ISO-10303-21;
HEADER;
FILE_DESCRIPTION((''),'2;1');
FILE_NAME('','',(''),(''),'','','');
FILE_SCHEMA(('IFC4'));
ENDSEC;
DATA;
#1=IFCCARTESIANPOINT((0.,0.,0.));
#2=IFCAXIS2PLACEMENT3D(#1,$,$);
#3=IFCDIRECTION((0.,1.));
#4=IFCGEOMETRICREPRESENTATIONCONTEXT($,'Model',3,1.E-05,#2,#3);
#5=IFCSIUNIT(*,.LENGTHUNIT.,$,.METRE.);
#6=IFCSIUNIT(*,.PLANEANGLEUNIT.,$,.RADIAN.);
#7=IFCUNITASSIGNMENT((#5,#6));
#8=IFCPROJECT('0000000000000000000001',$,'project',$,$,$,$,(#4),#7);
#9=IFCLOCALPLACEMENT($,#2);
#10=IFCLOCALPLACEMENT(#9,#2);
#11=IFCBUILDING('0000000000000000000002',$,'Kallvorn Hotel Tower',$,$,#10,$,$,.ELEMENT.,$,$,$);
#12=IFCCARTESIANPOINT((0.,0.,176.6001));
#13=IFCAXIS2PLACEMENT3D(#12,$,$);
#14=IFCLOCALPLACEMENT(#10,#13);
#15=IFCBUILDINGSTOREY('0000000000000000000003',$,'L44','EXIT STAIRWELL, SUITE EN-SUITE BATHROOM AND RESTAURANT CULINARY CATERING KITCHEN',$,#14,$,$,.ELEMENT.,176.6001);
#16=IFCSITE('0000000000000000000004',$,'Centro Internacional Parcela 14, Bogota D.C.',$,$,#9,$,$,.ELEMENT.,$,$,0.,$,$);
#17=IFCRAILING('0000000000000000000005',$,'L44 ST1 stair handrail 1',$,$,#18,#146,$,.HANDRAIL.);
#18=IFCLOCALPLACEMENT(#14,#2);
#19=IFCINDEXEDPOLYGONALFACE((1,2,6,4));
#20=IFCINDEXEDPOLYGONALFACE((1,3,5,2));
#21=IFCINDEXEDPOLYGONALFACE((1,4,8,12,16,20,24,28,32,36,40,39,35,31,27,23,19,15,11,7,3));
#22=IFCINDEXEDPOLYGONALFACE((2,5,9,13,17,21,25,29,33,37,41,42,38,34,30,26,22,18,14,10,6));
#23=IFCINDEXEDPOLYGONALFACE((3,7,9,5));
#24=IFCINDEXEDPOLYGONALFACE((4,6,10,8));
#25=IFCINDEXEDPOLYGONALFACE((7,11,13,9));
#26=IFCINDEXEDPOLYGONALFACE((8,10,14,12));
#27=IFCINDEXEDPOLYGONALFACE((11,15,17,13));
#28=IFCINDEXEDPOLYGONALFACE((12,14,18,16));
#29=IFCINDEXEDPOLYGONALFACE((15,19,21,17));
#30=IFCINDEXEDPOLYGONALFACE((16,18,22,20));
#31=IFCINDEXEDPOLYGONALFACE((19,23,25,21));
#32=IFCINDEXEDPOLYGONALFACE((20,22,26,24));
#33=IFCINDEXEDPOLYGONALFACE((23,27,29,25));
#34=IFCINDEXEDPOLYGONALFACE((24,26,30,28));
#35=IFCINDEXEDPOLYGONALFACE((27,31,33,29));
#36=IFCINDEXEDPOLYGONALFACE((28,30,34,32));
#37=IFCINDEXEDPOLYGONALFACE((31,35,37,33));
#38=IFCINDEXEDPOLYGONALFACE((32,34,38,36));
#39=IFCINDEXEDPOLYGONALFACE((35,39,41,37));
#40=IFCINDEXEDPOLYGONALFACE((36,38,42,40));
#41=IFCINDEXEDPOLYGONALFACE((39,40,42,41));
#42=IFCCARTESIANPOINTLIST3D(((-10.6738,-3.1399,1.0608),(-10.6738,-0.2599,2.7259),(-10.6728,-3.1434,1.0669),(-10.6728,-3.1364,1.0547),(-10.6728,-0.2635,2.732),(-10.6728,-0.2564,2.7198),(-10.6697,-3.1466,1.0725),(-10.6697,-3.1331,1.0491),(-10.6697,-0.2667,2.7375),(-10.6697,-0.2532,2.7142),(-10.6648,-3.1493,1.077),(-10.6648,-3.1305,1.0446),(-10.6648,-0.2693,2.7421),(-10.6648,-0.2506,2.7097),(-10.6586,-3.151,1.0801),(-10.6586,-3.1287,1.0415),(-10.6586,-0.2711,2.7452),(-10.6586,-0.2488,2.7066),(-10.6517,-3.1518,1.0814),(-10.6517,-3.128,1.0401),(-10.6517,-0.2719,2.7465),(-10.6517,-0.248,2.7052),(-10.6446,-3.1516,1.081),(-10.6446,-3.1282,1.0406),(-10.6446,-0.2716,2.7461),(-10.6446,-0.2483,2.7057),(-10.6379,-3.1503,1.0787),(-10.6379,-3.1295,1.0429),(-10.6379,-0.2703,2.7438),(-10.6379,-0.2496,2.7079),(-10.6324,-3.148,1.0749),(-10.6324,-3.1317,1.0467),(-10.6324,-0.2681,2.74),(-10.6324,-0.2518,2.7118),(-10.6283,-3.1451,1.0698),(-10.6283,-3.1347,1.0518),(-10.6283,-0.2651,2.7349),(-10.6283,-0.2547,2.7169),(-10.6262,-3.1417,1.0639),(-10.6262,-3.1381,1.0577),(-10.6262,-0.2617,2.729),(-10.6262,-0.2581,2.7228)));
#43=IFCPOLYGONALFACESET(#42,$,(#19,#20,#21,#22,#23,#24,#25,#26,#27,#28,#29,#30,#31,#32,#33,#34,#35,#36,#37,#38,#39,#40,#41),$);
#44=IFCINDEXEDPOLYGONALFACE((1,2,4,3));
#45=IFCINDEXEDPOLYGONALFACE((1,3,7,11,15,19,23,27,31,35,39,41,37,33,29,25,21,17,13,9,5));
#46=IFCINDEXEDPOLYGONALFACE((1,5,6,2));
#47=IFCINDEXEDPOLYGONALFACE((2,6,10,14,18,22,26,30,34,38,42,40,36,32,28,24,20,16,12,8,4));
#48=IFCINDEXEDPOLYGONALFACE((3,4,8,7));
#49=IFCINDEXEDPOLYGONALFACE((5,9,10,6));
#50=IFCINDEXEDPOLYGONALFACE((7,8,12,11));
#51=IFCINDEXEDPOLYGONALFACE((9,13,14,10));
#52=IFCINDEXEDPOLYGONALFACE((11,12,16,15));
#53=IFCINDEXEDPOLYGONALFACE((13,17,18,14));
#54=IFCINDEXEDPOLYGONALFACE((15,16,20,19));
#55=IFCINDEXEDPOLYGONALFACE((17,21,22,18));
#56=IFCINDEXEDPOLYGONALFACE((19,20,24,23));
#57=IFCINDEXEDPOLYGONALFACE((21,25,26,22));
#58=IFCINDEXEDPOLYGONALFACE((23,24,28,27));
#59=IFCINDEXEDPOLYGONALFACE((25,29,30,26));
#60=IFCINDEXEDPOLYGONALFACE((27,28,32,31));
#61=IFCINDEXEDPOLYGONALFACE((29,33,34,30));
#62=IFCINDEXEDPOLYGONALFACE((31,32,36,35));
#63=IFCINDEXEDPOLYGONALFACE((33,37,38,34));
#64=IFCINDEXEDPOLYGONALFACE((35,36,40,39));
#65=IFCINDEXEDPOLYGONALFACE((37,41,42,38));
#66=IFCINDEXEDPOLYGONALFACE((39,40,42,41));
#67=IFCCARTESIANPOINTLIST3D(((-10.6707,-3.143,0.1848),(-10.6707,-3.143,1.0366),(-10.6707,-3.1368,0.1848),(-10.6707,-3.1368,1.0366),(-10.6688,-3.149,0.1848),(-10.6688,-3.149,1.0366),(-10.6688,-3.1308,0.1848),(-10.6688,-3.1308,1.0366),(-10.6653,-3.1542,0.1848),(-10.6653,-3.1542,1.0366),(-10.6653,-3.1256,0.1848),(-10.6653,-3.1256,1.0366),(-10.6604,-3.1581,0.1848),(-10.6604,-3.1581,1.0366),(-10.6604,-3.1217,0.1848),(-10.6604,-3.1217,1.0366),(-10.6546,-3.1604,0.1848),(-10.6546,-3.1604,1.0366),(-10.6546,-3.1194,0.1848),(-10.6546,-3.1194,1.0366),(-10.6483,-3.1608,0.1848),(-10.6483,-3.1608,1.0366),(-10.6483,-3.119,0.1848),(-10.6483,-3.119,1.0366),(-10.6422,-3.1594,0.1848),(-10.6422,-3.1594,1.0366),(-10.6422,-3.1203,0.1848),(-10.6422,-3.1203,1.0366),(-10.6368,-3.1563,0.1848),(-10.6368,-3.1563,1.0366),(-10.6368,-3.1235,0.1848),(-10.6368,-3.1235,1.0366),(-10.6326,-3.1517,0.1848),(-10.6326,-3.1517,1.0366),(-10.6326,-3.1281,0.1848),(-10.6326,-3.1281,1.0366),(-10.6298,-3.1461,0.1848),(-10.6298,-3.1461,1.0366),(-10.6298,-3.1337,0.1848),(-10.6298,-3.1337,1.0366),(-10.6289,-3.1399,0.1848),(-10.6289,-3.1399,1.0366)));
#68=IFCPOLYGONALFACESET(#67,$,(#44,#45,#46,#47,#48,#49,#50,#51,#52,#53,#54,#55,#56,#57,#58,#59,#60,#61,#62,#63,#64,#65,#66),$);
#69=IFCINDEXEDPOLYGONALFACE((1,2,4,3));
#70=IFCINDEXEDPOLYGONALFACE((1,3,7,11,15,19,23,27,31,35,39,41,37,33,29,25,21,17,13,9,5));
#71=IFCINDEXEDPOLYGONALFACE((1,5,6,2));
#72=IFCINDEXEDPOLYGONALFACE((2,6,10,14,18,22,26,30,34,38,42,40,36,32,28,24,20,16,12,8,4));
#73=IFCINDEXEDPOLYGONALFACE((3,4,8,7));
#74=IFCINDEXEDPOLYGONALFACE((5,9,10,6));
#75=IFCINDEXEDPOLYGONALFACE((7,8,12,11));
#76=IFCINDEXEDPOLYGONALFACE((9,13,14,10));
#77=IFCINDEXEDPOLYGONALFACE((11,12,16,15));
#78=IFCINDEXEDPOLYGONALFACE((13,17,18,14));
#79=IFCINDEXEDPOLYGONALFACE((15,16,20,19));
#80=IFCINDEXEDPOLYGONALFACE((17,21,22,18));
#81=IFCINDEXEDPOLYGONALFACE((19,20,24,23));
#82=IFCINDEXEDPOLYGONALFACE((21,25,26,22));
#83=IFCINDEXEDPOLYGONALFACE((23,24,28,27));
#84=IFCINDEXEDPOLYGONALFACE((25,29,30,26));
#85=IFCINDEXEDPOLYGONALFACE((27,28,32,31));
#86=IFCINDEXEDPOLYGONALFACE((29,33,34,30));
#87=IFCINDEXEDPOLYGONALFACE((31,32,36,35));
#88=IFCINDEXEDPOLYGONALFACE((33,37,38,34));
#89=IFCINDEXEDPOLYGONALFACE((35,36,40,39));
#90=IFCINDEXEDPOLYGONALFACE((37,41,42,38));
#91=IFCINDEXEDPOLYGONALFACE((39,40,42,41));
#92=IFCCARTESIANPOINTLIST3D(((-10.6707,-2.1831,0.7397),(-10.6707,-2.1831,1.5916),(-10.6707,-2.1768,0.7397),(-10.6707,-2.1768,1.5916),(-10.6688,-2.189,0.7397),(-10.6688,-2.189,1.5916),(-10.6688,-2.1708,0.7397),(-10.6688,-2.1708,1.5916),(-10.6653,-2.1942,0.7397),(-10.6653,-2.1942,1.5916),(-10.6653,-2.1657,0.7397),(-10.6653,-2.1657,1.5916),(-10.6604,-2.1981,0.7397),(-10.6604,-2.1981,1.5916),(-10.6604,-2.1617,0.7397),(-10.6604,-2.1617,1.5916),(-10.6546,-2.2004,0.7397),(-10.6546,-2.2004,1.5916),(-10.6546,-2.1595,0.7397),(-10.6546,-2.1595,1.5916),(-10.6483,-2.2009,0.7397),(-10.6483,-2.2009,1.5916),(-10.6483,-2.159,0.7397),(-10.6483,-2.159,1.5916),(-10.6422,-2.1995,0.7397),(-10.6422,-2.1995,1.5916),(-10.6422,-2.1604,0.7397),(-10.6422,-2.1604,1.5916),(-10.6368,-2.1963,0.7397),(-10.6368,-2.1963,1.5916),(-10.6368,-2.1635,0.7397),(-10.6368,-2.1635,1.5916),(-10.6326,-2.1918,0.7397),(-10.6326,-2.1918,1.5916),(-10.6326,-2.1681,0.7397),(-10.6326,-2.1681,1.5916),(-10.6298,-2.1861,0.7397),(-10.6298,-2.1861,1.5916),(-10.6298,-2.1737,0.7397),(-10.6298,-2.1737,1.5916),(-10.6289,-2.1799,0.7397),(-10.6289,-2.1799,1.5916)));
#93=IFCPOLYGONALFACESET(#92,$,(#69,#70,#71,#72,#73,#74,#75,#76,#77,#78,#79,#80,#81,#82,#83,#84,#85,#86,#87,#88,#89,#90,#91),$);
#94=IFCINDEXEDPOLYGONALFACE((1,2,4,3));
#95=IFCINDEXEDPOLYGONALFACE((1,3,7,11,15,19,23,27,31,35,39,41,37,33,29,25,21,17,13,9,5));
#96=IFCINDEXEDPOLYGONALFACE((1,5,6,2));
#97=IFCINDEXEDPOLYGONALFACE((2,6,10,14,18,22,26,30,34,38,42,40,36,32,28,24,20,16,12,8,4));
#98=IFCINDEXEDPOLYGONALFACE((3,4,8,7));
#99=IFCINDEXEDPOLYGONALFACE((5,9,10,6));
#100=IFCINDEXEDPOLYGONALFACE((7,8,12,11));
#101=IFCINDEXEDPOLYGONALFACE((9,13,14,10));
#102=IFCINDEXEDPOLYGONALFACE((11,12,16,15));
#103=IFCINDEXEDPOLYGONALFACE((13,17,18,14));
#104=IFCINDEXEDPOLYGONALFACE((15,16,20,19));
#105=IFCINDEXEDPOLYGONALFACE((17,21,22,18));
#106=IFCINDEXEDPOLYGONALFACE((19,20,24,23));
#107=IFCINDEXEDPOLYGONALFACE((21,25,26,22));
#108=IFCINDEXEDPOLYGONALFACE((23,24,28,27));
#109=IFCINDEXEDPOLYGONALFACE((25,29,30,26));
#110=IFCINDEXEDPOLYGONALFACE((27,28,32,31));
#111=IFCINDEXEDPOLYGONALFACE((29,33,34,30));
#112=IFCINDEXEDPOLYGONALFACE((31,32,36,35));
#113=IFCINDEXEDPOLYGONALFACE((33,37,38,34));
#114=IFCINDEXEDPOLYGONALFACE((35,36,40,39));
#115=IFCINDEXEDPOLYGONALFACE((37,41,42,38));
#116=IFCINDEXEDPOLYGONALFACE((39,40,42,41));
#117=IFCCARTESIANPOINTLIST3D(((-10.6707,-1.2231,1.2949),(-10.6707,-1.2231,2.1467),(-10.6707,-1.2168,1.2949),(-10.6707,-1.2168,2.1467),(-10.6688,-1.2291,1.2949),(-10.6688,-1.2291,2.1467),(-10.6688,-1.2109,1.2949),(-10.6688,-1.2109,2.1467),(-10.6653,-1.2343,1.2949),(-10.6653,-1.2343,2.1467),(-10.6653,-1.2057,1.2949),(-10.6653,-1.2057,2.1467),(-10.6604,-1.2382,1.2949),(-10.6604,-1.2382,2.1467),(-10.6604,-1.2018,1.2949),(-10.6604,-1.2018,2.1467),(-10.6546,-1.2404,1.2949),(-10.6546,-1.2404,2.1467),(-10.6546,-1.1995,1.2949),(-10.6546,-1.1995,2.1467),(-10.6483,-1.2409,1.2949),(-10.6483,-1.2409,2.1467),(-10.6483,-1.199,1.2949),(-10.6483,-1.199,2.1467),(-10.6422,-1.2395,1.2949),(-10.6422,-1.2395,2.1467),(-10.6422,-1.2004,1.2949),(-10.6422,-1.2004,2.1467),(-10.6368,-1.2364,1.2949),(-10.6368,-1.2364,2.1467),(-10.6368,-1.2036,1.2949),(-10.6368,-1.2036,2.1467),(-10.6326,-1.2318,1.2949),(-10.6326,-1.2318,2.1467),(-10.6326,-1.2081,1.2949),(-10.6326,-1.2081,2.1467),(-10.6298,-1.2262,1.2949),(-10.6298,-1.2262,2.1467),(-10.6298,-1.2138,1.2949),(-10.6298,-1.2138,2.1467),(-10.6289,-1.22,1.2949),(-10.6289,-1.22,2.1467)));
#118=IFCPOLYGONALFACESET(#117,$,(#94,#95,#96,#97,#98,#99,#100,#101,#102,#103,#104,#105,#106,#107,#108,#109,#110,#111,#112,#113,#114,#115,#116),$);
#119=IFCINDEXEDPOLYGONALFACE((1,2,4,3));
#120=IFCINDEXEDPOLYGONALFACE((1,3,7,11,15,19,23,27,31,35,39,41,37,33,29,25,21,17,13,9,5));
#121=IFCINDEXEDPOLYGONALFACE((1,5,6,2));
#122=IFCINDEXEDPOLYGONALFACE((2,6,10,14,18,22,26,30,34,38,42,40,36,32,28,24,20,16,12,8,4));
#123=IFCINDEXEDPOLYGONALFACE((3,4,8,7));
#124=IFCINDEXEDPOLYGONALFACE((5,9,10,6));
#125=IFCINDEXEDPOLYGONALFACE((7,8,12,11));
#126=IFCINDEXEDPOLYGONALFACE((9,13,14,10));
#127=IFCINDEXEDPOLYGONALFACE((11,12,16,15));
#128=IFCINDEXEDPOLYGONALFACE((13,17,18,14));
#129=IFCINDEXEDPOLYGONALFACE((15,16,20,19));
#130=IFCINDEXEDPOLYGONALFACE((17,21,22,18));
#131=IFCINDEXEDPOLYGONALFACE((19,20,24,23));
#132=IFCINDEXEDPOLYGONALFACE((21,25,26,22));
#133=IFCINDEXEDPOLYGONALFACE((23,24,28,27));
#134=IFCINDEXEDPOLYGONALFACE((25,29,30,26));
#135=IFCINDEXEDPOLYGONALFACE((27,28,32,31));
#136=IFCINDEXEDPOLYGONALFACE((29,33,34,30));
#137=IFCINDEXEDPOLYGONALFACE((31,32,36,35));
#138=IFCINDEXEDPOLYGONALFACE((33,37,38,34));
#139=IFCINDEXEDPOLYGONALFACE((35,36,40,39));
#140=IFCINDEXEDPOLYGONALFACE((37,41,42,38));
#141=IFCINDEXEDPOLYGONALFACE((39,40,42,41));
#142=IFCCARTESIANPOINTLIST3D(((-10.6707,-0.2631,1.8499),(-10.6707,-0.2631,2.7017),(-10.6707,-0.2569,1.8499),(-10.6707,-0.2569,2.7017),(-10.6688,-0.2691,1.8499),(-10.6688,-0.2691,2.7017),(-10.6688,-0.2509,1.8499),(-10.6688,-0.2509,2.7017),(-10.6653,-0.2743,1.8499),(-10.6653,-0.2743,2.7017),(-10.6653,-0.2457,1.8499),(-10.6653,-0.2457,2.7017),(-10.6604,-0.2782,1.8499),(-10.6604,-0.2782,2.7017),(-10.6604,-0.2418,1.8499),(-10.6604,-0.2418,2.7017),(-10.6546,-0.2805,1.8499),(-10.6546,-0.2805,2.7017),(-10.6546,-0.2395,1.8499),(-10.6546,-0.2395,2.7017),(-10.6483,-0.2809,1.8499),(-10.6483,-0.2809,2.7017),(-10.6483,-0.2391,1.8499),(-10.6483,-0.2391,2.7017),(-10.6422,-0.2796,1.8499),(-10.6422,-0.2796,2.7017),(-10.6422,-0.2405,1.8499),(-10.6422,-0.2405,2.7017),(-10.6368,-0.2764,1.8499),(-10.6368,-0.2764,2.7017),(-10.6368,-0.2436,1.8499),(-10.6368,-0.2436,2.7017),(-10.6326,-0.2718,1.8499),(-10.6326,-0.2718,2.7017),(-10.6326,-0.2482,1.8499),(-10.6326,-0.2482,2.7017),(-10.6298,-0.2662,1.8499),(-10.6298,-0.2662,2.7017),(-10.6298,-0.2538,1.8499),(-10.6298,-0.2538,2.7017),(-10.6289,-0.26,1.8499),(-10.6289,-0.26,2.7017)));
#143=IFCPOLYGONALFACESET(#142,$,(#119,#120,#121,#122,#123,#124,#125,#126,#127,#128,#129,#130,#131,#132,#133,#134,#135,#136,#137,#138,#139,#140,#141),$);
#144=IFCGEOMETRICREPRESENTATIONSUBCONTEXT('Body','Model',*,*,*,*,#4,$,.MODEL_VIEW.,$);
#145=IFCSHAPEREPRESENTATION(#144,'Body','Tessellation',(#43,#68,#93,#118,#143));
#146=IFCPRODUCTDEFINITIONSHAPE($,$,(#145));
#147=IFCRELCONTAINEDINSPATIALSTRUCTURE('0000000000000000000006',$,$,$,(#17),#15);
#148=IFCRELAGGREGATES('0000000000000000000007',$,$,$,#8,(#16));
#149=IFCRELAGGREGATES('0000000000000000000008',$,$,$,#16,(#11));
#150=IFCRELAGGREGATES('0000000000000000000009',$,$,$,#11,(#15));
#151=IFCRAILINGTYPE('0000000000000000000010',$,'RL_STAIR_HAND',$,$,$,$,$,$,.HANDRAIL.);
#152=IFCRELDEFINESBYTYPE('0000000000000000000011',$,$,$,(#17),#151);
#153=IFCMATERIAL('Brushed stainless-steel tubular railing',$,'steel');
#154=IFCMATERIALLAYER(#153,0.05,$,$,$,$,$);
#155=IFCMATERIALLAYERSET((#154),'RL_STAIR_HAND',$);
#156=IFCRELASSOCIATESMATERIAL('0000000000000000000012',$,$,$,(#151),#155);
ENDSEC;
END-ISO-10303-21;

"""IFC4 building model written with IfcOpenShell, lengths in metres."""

from ifc_helpers import new_model, si_unit, direction, frame, origin, origin_2d, place, context, subcontext, project, spatial, circle, extrude, material, layer, layer_set, type_object, element, save


model = new_model("IFC4")

# Units and contexts
model_context = context("Model", 3, precision=1e-05, world=origin(), true_north=direction((0.0, 1.0)))
body_context = subcontext(model_context, "Body", "Model", "MODEL_VIEW")
ifc_project = project(units=[si_unit("LENGTHUNIT", "METRE"), si_unit("PLANEANGLEUNIT", "RADIAN")], contexts=[model_context])

# Site, building, storey
site_placement = place(None, origin())
site = spatial("IfcSite", under=ifc_project, at=site_placement, Name="Centro Internacional Parcela 14, Bogota D.C.", CompositionType="ELEMENT", RefElevation=0.0)
building_placement = place(site_placement, origin())
building = spatial("IfcBuilding", under=site, at=building_placement, Name="Kallvorn Hotel Tower", CompositionType="ELEMENT")
storey_placement = place(building_placement, frame((0.0, 0.0, 176.6001)))
storey = spatial("IfcBuildingStorey", under=building, at=storey_placement, Name="L44", Description="EXIT STAIRWELL, SUITE EN-SUITE BATHROOM AND RESTAURANT CULINARY CATERING KITCHEN", CompositionType="ELEMENT", Elevation=176.6001)

# Railing
ifc_material_1 = material(Name="Brushed stainless-steel tubular railing", Category="steel")
ifc_layer_1 = layer(ifc_material_1, 0.05)
ifc_layer_set_1 = layer_set([ifc_layer_1], Name="RL_STAIR_HAND")
railing_type_1 = type_object("IfcRailingType", Name="RL_STAIR_HAND", PredefinedType="HANDRAIL", material=ifc_layer_set_1)
railing_1_placement = place(storey_placement, frame((-10.6499, -3.1399, 0.1848)))
element("IfcRailing", 1, at=railing_1_placement, inside=storey, type_object=railing_type_1, Name="L44 ST1 stair handrail 1", PredefinedType="HANDRAIL", context=body_context, shape_type="SweptSolid", body=[
    extrude(circle(Radius=0.0239, at=origin_2d()), frame((0.0, 0.0, 0.876), z_axis=(0.0, 0.865721, 0.500527), x_axis=(-1.0, 0.0, 0.0)), (0.0, 0.0, 1.0), 3.3267),
    extrude(circle(Radius=0.021, at=origin_2d()), origin(), (0.0, 0.0, 1.0), 0.8518),
    extrude(circle(Radius=0.021, at=origin_2d()), frame((0.0, 0.96, 0.5549)), (0.0, 0.0, 1.0), 0.8518),
    extrude(circle(Radius=0.021, at=origin_2d()), frame((0.0, 1.9199, 1.1101)), (0.0, 0.0, 1.0), 0.8518),
    extrude(circle(Radius=0.021, at=origin_2d()), frame((0.0, 2.8799, 1.665)), (0.0, 0.0, 1.0), 0.8518),
])

save(model, "model.ifc")
